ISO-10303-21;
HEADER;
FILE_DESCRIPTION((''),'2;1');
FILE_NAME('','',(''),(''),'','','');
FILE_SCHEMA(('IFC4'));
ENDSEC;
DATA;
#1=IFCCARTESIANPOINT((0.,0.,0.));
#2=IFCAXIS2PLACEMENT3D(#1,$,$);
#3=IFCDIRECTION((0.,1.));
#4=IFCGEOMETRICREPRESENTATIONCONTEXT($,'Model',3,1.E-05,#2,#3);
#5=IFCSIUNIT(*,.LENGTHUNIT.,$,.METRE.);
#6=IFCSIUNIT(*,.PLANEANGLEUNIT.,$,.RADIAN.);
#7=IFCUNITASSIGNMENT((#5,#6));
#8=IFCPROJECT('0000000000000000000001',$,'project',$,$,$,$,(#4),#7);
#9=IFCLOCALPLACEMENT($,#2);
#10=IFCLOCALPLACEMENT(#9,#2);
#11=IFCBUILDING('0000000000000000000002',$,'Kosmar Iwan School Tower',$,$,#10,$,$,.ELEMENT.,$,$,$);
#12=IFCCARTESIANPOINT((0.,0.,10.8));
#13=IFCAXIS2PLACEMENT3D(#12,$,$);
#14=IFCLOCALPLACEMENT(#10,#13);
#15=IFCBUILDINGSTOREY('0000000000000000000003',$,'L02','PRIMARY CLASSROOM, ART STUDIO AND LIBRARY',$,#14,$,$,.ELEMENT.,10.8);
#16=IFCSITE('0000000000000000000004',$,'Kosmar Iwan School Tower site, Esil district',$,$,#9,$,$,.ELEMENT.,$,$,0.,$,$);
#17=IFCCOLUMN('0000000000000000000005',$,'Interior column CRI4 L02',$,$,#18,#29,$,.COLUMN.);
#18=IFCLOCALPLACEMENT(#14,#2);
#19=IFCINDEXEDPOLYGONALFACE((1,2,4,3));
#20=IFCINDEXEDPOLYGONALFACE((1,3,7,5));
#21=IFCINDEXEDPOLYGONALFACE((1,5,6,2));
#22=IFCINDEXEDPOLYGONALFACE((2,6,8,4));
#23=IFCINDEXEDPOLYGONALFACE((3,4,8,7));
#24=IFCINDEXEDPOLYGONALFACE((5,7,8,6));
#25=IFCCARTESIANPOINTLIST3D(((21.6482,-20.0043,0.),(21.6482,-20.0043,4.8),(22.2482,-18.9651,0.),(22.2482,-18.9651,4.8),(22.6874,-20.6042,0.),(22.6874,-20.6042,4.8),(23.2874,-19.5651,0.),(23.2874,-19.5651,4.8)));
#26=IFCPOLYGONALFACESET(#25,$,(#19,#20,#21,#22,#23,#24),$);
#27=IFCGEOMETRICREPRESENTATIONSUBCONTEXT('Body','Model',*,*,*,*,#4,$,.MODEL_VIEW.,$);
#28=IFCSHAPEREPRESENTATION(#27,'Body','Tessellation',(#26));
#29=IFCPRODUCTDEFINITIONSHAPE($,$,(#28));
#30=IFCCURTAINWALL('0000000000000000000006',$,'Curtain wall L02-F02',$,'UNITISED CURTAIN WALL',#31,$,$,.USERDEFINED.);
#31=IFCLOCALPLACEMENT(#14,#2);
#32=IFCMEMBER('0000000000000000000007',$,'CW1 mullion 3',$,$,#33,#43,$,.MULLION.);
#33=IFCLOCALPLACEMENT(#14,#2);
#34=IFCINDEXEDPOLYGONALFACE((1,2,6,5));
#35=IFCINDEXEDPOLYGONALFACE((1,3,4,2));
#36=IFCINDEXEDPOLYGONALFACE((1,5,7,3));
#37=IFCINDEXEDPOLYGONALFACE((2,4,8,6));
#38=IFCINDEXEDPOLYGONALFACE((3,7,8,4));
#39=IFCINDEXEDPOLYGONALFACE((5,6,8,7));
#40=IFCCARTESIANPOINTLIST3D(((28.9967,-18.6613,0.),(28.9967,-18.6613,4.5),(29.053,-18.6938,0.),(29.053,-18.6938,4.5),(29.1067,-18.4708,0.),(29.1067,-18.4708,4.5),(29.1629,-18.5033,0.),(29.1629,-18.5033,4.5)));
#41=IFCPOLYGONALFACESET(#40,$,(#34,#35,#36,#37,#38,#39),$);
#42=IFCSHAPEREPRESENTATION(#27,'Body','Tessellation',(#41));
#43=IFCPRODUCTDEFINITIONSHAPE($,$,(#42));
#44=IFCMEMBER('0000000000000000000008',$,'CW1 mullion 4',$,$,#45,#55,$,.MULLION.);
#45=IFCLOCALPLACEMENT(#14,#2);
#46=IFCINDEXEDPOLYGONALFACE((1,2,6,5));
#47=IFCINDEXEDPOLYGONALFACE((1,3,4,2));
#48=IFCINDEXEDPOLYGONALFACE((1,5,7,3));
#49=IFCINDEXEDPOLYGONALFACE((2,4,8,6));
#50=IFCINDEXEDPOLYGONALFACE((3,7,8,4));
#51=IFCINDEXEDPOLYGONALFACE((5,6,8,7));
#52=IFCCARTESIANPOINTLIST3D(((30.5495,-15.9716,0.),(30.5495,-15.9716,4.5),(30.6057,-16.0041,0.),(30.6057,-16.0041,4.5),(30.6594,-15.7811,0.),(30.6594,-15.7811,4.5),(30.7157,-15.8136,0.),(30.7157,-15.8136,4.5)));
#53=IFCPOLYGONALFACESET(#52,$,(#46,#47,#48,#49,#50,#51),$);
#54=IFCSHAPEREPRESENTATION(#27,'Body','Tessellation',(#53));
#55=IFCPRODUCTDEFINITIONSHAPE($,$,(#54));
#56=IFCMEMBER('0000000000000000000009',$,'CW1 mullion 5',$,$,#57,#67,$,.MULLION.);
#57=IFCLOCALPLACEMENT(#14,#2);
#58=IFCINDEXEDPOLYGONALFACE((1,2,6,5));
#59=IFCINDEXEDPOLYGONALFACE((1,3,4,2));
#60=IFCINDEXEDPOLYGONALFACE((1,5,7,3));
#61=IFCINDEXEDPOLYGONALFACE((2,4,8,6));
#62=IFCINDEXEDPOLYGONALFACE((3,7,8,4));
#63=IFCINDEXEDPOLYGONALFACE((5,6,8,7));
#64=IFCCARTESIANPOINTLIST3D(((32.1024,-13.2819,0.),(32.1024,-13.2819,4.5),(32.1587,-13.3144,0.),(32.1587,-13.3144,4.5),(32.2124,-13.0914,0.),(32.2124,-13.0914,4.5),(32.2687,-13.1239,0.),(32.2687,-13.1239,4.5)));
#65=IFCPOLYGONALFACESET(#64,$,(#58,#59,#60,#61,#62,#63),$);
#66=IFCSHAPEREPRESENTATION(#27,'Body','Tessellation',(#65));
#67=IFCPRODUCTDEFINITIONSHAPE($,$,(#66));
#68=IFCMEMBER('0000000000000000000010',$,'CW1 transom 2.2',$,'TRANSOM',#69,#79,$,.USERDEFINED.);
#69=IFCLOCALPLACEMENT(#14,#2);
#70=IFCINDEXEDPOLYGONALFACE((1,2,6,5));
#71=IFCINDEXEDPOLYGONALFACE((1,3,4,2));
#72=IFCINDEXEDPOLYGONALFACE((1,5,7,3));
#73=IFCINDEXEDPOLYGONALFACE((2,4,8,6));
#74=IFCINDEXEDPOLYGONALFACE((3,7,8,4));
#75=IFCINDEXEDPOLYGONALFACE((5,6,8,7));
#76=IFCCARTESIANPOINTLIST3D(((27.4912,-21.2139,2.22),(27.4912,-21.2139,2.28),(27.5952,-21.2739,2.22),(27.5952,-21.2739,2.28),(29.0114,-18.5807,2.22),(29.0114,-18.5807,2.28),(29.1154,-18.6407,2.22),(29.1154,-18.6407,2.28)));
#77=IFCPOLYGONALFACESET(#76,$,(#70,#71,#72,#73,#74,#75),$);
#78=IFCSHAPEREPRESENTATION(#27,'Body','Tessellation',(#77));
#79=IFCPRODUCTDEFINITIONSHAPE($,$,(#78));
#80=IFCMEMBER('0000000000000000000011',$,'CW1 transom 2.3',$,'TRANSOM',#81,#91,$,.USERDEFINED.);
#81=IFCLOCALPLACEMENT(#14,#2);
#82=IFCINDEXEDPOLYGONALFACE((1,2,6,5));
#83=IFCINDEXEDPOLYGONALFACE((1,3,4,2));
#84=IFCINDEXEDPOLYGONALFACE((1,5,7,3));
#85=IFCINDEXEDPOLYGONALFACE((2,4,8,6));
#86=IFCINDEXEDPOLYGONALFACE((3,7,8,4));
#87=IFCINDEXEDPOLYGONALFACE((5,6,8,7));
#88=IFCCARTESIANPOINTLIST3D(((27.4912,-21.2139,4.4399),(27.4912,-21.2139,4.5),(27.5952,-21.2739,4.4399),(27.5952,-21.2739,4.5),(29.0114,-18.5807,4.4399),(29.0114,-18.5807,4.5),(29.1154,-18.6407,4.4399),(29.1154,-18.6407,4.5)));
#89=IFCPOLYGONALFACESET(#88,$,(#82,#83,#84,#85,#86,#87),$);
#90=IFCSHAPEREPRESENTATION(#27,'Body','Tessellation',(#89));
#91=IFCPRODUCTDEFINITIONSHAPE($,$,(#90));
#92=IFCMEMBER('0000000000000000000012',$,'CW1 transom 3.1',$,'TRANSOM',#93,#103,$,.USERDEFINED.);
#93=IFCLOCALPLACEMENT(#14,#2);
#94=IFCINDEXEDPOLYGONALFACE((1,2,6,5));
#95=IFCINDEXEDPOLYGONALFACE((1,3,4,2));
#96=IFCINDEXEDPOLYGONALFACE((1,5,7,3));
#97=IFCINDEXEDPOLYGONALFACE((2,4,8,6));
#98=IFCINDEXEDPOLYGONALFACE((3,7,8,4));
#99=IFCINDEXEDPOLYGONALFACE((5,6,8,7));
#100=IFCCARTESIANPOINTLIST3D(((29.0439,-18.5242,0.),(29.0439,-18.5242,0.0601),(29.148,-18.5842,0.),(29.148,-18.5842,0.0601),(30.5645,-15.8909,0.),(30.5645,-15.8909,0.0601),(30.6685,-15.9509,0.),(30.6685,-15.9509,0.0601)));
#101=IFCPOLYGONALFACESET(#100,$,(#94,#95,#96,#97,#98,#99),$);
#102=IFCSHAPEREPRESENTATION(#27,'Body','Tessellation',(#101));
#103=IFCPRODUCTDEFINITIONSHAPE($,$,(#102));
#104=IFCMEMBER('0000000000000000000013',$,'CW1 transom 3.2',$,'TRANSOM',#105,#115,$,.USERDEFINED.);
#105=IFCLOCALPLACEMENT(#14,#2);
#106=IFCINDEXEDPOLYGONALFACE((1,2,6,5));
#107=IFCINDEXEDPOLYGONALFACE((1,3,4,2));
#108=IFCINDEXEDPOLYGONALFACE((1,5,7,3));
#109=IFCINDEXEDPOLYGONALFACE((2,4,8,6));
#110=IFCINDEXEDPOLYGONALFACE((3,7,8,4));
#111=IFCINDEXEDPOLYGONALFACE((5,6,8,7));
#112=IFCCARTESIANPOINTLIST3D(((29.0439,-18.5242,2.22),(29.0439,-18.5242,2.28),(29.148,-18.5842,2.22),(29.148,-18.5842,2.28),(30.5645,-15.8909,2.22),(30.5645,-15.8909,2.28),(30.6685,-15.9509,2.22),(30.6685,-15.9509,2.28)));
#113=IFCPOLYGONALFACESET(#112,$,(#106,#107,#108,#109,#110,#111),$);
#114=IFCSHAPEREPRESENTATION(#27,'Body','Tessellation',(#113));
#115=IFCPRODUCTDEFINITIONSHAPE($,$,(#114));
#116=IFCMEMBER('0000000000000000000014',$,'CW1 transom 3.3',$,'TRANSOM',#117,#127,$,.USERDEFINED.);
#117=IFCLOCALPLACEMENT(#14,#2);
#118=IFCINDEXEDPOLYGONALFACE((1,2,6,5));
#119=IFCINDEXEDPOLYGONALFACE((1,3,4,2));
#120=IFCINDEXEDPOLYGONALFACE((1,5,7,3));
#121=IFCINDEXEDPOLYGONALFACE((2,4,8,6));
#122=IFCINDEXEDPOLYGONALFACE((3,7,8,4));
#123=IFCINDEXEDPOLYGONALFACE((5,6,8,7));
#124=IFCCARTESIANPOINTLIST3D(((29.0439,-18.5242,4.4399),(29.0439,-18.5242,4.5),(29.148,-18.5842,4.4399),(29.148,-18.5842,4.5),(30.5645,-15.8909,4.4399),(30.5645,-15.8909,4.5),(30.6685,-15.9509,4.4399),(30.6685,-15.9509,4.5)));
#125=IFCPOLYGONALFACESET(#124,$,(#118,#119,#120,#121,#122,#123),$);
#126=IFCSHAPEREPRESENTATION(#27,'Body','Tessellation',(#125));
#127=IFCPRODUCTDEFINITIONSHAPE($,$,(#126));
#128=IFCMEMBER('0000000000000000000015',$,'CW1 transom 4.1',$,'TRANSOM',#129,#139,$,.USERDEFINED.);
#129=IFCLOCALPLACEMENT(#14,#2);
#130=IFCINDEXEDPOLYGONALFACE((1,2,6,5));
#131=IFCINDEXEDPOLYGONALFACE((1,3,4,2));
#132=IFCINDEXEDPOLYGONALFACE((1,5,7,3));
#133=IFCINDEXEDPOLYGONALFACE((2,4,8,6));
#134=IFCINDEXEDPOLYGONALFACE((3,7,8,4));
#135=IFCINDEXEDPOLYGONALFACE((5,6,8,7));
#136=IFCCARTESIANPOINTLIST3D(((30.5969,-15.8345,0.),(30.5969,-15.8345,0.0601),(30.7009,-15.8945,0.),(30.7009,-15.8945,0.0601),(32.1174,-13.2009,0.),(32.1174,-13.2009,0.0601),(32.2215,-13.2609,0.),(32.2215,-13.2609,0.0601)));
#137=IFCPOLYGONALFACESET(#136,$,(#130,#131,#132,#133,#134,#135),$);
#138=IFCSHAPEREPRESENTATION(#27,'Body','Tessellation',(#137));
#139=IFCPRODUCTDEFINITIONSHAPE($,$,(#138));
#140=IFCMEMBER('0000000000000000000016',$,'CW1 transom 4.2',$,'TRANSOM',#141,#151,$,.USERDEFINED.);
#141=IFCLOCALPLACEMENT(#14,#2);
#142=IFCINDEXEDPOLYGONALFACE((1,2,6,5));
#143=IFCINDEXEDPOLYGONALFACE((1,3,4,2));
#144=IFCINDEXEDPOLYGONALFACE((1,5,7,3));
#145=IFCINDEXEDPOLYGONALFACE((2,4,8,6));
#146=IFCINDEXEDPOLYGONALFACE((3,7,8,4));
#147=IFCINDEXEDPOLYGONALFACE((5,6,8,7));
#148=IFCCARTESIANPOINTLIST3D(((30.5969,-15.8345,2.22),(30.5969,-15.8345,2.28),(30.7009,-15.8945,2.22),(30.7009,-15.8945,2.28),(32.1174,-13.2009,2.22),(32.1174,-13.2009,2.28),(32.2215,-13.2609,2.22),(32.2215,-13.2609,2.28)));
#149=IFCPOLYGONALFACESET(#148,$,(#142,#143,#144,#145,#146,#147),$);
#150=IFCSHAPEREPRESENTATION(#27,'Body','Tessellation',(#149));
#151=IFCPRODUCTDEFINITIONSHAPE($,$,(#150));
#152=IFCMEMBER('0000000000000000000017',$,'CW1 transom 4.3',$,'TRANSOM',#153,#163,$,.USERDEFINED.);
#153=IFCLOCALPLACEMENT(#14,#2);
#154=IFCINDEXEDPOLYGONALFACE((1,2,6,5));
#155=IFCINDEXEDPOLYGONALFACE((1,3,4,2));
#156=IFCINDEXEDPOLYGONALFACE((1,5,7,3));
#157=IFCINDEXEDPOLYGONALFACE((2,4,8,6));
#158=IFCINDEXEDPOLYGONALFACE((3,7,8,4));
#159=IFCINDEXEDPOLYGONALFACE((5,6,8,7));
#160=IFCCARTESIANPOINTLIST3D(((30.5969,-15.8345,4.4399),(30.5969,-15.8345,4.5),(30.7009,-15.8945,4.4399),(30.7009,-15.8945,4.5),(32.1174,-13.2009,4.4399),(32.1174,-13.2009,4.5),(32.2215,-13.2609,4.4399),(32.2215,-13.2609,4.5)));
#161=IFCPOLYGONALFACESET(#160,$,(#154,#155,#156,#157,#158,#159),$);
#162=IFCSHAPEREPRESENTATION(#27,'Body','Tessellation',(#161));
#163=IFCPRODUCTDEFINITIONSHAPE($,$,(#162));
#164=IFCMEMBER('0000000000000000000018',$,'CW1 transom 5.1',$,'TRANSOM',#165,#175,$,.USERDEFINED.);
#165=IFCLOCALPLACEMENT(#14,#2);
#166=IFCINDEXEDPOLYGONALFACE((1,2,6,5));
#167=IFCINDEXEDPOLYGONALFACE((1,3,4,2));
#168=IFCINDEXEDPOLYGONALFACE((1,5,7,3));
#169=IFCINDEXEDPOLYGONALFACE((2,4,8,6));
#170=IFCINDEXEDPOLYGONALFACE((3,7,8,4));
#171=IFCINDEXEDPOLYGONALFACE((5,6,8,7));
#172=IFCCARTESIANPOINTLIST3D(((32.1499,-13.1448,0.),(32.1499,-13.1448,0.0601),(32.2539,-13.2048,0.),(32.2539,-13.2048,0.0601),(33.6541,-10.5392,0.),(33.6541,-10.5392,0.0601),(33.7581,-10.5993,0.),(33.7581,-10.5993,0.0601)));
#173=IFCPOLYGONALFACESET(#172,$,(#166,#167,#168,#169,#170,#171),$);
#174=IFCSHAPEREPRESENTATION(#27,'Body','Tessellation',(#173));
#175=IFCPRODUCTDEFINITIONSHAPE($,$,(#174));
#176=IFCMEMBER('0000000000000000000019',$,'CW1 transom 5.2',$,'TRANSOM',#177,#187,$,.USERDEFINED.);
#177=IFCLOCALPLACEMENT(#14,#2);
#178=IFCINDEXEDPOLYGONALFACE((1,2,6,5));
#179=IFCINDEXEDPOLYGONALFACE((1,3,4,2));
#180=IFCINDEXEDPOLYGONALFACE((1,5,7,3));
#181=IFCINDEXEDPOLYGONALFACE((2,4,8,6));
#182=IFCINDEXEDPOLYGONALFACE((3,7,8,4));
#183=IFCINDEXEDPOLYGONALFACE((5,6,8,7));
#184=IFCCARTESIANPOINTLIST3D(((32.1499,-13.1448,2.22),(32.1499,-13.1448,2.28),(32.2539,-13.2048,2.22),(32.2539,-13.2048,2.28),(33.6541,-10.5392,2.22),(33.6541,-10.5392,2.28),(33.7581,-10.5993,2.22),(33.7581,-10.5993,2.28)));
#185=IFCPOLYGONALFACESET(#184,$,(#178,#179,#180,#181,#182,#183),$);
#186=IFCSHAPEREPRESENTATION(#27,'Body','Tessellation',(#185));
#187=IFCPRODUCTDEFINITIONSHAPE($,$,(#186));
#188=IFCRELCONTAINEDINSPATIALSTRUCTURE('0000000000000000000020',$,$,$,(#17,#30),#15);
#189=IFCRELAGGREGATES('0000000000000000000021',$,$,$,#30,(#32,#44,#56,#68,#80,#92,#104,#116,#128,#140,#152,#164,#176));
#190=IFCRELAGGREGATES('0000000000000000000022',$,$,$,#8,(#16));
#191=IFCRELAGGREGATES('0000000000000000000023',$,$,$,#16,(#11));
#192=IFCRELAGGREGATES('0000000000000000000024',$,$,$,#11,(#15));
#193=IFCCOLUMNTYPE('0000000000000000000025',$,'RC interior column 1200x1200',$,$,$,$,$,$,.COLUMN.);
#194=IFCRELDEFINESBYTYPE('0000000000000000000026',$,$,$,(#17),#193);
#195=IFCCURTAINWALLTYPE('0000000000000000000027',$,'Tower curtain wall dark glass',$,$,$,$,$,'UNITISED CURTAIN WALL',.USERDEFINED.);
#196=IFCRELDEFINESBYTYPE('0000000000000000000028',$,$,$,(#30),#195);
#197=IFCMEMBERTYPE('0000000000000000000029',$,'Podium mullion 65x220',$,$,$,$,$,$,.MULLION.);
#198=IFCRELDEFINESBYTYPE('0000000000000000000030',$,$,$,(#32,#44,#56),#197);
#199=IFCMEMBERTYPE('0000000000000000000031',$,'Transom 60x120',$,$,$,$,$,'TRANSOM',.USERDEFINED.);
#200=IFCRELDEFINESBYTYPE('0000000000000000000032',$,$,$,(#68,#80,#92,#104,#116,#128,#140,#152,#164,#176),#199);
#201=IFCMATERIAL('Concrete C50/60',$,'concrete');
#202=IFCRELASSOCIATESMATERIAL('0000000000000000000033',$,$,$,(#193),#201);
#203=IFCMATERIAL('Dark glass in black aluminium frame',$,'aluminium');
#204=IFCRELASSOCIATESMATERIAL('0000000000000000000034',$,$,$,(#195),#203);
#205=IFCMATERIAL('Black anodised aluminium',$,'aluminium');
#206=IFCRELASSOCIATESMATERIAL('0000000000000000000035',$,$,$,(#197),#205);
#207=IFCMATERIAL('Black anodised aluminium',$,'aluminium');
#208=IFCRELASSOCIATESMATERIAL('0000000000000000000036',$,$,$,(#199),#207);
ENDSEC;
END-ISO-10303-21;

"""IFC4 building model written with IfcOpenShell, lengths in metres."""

from ifc_helpers import new_model, si_unit, direction, frame, origin, origin_2d, place, context, subcontext, project, spatial, rectangle, extrude, material, material_profile, profile_set, type_object, element, aggregate, save


model = new_model("IFC4")

# Units and contexts
model_context = context("Model", 3, precision=1e-05, world=origin(), true_north=direction((0.0, 1.0)))
body_context = subcontext(model_context, "Body", "Model", "MODEL_VIEW")
ifc_project = project(units=[si_unit("LENGTHUNIT", "METRE"), si_unit("PLANEANGLEUNIT", "RADIAN")], contexts=[model_context])

# Site, building, storey
site_placement = place(None, origin())
site = spatial("IfcSite", under=ifc_project, at=site_placement, Name="Kosmar Iwan School Tower site, Esil district", CompositionType="ELEMENT", RefElevation=0.0)
building_placement = place(site_placement, origin())
building = spatial("IfcBuilding", under=site, at=building_placement, Name="Kosmar Iwan School Tower", CompositionType="ELEMENT")
storey_placement = place(building_placement, frame((0.0, 0.0, 10.8)))
storey = spatial("IfcBuildingStorey", under=building, at=storey_placement, Name="L02", Description="PRIMARY CLASSROOM, ART STUDIO AND LIBRARY", CompositionType="ELEMENT", Elevation=10.8)

# Column
ifc_material_1 = material(Name="Concrete C50/60", Category="concrete")
ifc_material_profile_1 = material_profile(ifc_material_1, rectangle(XDim=1.2, YDim=1.2, at=origin_2d()), Name="RC 1200x1200")
ifc_profile_set_1 = profile_set([ifc_material_profile_1], Name="Concrete C50/60")
column_type = type_object("IfcColumnType", Name="RC interior column 1200x1200", PredefinedType="COLUMN", material=ifc_profile_set_1)
column_placement = place(storey_placement, frame((22.4678, -19.7847, 0.0), z_axis=(0.0, 0.0, 1.0), x_axis=(0.866025, -0.5, 0.0)))
element("IfcColumn", 1, at=column_placement, inside=storey, type_object=column_type, Name="Interior column CRI4 L02", PredefinedType="COLUMN", context=body_context, shape_type="SweptSolid", body=[
    extrude(rectangle(XDim=1.2, YDim=1.2, at=origin_2d()), origin(), (0.0, 0.0, 1.0), 4.8),
])

# Curtain wall, members
ifc_material_2 = material(Name="Dark glass in black aluminium frame", Category="aluminium")
curtain_wall_type = type_object("IfcCurtainWallType", Name="Tower curtain wall dark glass", ElementType="UNITISED CURTAIN WALL", PredefinedType="USERDEFINED", material=ifc_material_2)
curtain_wall_placement = place(storey_placement, origin())
curtain_wall = element("IfcCurtainWall", 2, at=curtain_wall_placement, inside=storey, type_object=curtain_wall_type, Name="Curtain wall L02-F02", ObjectType="UNITISED CURTAIN WALL", PredefinedType="USERDEFINED")
ifc_material_3 = material(Name="Black anodised aluminium", Category="aluminium")
ifc_material_profile_2 = material_profile(ifc_material_3, rectangle(XDim=0.0649, YDim=0.22, at=origin_2d()), Name="MULLION 65x220")
ifc_profile_set_2 = profile_set([ifc_material_profile_2], Name="Black anodised aluminium")
member_type_1 = type_object("IfcMemberType", Name="Podium mullion 65x220", PredefinedType="MULLION", material=ifc_profile_set_2)
member_1_placement = place(storey_placement, frame((29.0798, -18.5823, 0.0), z_axis=(0.0, 0.0, 1.0), x_axis=(-0.866025, 0.5, 0.0)))
member_1 = element("IfcMember", 3, at=member_1_placement, type_object=member_type_1, Name="CW1 mullion 3", PredefinedType="MULLION", context=body_context, shape_type="SweptSolid", body=[
    extrude(rectangle(XDim=0.0649, YDim=0.22, at=origin_2d()), origin(), (0.0, 0.0, 1.0), 4.5),
])
member_2_placement = place(storey_placement, frame((30.6326, -15.8926, 0.0), z_axis=(0.0, 0.0, 1.0), x_axis=(-0.866025, 0.5, 0.0)))
member_2 = element("IfcMember", 4, at=member_2_placement, type_object=member_type_1, Name="CW1 mullion 4", PredefinedType="MULLION", context=body_context, shape_type="SweptSolid", body=[
    extrude(rectangle(XDim=0.0649, YDim=0.22, at=origin_2d()), origin(), (0.0, 0.0, 1.0), 4.5),
])
member_3_placement = place(storey_placement, frame((32.1855, -13.2029, 0.0), z_axis=(0.0, 0.0, 1.0), x_axis=(-0.866025, 0.5, 0.0)))
member_3 = element("IfcMember", 5, at=member_3_placement, type_object=member_type_1, Name="CW1 mullion 5", PredefinedType="MULLION", context=body_context, shape_type="SweptSolid", body=[
    extrude(rectangle(XDim=0.0649, YDim=0.22, at=origin_2d()), origin(), (0.0, 0.0, 1.0), 4.5),
])
ifc_material_4 = material(Name="Black anodised aluminium", Category="aluminium")
ifc_material_profile_3 = material_profile(ifc_material_4, rectangle(XDim=0.1201, YDim=0.0601, at=origin_2d()), Name="TRANSOM 60x120")
ifc_profile_set_3 = profile_set([ifc_material_profile_3], Name="Black anodised aluminium")
member_type_2 = type_object("IfcMemberType", Name="Transom 60x120", ElementType="TRANSOM", PredefinedType="USERDEFINED", material=ifc_profile_set_3)
member_4_placement = place(storey_placement, frame((27.5432, -21.2439, 2.25), z_axis=(0.499982, 0.866036, 0.0), x_axis=(-0.866036, 0.499982, 0.0)))
member_4 = element("IfcMember", 6, at=member_4_placement, type_object=member_type_2, Name="CW1 transom 2.2", ObjectType="TRANSOM", PredefinedType="USERDEFINED", context=body_context, shape_type="SweptSolid", body=[
    extrude(rectangle(XDim=0.1201, YDim=0.0601, at=origin_2d()), origin(), (0.0, 0.0, 1.0), 3.0405),
])
member_5_placement = place(storey_placement, frame((27.5432, -21.2439, 4.47), z_axis=(0.499982, 0.866036, 0.0), x_axis=(-0.866036, 0.499982, 0.0)))
member_5 = element("IfcMember", 7, at=member_5_placement, type_object=member_type_2, Name="CW1 transom 2.3", ObjectType="TRANSOM", PredefinedType="USERDEFINED", context=body_context, shape_type="SweptSolid", body=[
    extrude(rectangle(XDim=0.1201, YDim=0.0601, at=origin_2d()), origin(), (0.0, 0.0, 1.0), 3.0405),
])
member_6_placement = place(storey_placement, frame((29.0959, -18.5542, 0.03), z_axis=(0.500042, 0.866001, 0.0), x_axis=(-0.866001, 0.500042, 0.0)))
member_6 = element("IfcMember", 8, at=member_6_placement, type_object=member_type_2, Name="CW1 transom 3.1", ObjectType="TRANSOM", PredefinedType="USERDEFINED", context=body_context, shape_type="SweptSolid", body=[
    extrude(rectangle(XDim=0.1201, YDim=0.0601, at=origin_2d()), origin(), (0.0, 0.0, 1.0), 3.0408),
])
member_7_placement = place(storey_placement, frame((29.0959, -18.5542, 2.25), z_axis=(0.500042, 0.866001, 0.0), x_axis=(-0.866001, 0.500042, 0.0)))
member_7 = element("IfcMember", 9, at=member_7_placement, type_object=member_type_2, Name="CW1 transom 3.2", ObjectType="TRANSOM", PredefinedType="USERDEFINED", context=body_context, shape_type="SweptSolid", body=[
    extrude(rectangle(XDim=0.1201, YDim=0.0601, at=origin_2d()), origin(), (0.0, 0.0, 1.0), 3.0408),
])
member_8_placement = place(storey_placement, frame((29.0959, -18.5542, 4.47), z_axis=(0.500042, 0.866001, 0.0), x_axis=(-0.866001, 0.500042, 0.0)))
member_8 = element("IfcMember", 10, at=member_8_placement, type_object=member_type_2, Name="CW1 transom 3.3", ObjectType="TRANSOM", PredefinedType="USERDEFINED", context=body_context, shape_type="SweptSolid", body=[
    extrude(rectangle(XDim=0.1201, YDim=0.0601, at=origin_2d()), origin(), (0.0, 0.0, 1.0), 3.0408),
])
member_9_placement = place(storey_placement, frame((30.6489, -15.8645, 0.03), z_axis=(0.500007, 0.866021, 0.0), x_axis=(-0.866021, 0.500007, 0.0)))
member_9 = element("IfcMember", 11, at=member_9_placement, type_object=member_type_2, Name="CW1 transom 4.1", ObjectType="TRANSOM", PredefinedType="USERDEFINED", context=body_context, shape_type="SweptSolid", body=[
    extrude(rectangle(XDim=0.1201, YDim=0.0601, at=origin_2d()), origin(), (0.0, 0.0, 1.0), 3.041),
])
member_10_placement = place(storey_placement, frame((30.6489, -15.8645, 2.25), z_axis=(0.500007, 0.866021, 0.0), x_axis=(-0.866021, 0.500007, 0.0)))
member_10 = element("IfcMember", 12, at=member_10_placement, type_object=member_type_2, Name="CW1 transom 4.2", ObjectType="TRANSOM", PredefinedType="USERDEFINED", context=body_context, shape_type="SweptSolid", body=[
    extrude(rectangle(XDim=0.1201, YDim=0.0601, at=origin_2d()), origin(), (0.0, 0.0, 1.0), 3.041),
])
member_11_placement = place(storey_placement, frame((30.6489, -15.8645, 4.47), z_axis=(0.500007, 0.866021, 0.0), x_axis=(-0.866021, 0.500007, 0.0)))
member_11 = element("IfcMember", 13, at=member_11_placement, type_object=member_type_2, Name="CW1 transom 4.3", ObjectType="TRANSOM", PredefinedType="USERDEFINED", context=body_context, shape_type="SweptSolid", body=[
    extrude(rectangle(XDim=0.1201, YDim=0.0601, at=origin_2d()), origin(), (0.0, 0.0, 1.0), 3.041),
])
member_12_placement = place(storey_placement, frame((32.2019, -13.1748, 0.03), z_axis=(0.499971, 0.866042, 0.0), x_axis=(-0.866042, 0.499971, 0.0)))
member_12 = element("IfcMember", 14, at=member_12_placement, type_object=member_type_2, Name="CW1 transom 5.1", ObjectType="TRANSOM", PredefinedType="USERDEFINED", context=body_context, shape_type="SweptSolid", body=[
    extrude(rectangle(XDim=0.1201, YDim=0.0601, at=origin_2d()), origin(), (0.0, 0.0, 1.0), 3.0085),
])
member_13_placement = place(storey_placement, frame((32.2019, -13.1748, 2.25), z_axis=(0.499971, 0.866042, 0.0), x_axis=(-0.866042, 0.499971, 0.0)))
member_13 = element("IfcMember", 15, at=member_13_placement, type_object=member_type_2, Name="CW1 transom 5.2", ObjectType="TRANSOM", PredefinedType="USERDEFINED", context=body_context, shape_type="SweptSolid", body=[
    extrude(rectangle(XDim=0.1201, YDim=0.0601, at=origin_2d()), origin(), (0.0, 0.0, 1.0), 3.0085),
])
aggregate(curtain_wall, [member_1, member_2, member_3, member_4, member_5, member_6, member_7, member_8, member_9, member_10, member_11, member_12, member_13])

save(model, "model.ifc")
